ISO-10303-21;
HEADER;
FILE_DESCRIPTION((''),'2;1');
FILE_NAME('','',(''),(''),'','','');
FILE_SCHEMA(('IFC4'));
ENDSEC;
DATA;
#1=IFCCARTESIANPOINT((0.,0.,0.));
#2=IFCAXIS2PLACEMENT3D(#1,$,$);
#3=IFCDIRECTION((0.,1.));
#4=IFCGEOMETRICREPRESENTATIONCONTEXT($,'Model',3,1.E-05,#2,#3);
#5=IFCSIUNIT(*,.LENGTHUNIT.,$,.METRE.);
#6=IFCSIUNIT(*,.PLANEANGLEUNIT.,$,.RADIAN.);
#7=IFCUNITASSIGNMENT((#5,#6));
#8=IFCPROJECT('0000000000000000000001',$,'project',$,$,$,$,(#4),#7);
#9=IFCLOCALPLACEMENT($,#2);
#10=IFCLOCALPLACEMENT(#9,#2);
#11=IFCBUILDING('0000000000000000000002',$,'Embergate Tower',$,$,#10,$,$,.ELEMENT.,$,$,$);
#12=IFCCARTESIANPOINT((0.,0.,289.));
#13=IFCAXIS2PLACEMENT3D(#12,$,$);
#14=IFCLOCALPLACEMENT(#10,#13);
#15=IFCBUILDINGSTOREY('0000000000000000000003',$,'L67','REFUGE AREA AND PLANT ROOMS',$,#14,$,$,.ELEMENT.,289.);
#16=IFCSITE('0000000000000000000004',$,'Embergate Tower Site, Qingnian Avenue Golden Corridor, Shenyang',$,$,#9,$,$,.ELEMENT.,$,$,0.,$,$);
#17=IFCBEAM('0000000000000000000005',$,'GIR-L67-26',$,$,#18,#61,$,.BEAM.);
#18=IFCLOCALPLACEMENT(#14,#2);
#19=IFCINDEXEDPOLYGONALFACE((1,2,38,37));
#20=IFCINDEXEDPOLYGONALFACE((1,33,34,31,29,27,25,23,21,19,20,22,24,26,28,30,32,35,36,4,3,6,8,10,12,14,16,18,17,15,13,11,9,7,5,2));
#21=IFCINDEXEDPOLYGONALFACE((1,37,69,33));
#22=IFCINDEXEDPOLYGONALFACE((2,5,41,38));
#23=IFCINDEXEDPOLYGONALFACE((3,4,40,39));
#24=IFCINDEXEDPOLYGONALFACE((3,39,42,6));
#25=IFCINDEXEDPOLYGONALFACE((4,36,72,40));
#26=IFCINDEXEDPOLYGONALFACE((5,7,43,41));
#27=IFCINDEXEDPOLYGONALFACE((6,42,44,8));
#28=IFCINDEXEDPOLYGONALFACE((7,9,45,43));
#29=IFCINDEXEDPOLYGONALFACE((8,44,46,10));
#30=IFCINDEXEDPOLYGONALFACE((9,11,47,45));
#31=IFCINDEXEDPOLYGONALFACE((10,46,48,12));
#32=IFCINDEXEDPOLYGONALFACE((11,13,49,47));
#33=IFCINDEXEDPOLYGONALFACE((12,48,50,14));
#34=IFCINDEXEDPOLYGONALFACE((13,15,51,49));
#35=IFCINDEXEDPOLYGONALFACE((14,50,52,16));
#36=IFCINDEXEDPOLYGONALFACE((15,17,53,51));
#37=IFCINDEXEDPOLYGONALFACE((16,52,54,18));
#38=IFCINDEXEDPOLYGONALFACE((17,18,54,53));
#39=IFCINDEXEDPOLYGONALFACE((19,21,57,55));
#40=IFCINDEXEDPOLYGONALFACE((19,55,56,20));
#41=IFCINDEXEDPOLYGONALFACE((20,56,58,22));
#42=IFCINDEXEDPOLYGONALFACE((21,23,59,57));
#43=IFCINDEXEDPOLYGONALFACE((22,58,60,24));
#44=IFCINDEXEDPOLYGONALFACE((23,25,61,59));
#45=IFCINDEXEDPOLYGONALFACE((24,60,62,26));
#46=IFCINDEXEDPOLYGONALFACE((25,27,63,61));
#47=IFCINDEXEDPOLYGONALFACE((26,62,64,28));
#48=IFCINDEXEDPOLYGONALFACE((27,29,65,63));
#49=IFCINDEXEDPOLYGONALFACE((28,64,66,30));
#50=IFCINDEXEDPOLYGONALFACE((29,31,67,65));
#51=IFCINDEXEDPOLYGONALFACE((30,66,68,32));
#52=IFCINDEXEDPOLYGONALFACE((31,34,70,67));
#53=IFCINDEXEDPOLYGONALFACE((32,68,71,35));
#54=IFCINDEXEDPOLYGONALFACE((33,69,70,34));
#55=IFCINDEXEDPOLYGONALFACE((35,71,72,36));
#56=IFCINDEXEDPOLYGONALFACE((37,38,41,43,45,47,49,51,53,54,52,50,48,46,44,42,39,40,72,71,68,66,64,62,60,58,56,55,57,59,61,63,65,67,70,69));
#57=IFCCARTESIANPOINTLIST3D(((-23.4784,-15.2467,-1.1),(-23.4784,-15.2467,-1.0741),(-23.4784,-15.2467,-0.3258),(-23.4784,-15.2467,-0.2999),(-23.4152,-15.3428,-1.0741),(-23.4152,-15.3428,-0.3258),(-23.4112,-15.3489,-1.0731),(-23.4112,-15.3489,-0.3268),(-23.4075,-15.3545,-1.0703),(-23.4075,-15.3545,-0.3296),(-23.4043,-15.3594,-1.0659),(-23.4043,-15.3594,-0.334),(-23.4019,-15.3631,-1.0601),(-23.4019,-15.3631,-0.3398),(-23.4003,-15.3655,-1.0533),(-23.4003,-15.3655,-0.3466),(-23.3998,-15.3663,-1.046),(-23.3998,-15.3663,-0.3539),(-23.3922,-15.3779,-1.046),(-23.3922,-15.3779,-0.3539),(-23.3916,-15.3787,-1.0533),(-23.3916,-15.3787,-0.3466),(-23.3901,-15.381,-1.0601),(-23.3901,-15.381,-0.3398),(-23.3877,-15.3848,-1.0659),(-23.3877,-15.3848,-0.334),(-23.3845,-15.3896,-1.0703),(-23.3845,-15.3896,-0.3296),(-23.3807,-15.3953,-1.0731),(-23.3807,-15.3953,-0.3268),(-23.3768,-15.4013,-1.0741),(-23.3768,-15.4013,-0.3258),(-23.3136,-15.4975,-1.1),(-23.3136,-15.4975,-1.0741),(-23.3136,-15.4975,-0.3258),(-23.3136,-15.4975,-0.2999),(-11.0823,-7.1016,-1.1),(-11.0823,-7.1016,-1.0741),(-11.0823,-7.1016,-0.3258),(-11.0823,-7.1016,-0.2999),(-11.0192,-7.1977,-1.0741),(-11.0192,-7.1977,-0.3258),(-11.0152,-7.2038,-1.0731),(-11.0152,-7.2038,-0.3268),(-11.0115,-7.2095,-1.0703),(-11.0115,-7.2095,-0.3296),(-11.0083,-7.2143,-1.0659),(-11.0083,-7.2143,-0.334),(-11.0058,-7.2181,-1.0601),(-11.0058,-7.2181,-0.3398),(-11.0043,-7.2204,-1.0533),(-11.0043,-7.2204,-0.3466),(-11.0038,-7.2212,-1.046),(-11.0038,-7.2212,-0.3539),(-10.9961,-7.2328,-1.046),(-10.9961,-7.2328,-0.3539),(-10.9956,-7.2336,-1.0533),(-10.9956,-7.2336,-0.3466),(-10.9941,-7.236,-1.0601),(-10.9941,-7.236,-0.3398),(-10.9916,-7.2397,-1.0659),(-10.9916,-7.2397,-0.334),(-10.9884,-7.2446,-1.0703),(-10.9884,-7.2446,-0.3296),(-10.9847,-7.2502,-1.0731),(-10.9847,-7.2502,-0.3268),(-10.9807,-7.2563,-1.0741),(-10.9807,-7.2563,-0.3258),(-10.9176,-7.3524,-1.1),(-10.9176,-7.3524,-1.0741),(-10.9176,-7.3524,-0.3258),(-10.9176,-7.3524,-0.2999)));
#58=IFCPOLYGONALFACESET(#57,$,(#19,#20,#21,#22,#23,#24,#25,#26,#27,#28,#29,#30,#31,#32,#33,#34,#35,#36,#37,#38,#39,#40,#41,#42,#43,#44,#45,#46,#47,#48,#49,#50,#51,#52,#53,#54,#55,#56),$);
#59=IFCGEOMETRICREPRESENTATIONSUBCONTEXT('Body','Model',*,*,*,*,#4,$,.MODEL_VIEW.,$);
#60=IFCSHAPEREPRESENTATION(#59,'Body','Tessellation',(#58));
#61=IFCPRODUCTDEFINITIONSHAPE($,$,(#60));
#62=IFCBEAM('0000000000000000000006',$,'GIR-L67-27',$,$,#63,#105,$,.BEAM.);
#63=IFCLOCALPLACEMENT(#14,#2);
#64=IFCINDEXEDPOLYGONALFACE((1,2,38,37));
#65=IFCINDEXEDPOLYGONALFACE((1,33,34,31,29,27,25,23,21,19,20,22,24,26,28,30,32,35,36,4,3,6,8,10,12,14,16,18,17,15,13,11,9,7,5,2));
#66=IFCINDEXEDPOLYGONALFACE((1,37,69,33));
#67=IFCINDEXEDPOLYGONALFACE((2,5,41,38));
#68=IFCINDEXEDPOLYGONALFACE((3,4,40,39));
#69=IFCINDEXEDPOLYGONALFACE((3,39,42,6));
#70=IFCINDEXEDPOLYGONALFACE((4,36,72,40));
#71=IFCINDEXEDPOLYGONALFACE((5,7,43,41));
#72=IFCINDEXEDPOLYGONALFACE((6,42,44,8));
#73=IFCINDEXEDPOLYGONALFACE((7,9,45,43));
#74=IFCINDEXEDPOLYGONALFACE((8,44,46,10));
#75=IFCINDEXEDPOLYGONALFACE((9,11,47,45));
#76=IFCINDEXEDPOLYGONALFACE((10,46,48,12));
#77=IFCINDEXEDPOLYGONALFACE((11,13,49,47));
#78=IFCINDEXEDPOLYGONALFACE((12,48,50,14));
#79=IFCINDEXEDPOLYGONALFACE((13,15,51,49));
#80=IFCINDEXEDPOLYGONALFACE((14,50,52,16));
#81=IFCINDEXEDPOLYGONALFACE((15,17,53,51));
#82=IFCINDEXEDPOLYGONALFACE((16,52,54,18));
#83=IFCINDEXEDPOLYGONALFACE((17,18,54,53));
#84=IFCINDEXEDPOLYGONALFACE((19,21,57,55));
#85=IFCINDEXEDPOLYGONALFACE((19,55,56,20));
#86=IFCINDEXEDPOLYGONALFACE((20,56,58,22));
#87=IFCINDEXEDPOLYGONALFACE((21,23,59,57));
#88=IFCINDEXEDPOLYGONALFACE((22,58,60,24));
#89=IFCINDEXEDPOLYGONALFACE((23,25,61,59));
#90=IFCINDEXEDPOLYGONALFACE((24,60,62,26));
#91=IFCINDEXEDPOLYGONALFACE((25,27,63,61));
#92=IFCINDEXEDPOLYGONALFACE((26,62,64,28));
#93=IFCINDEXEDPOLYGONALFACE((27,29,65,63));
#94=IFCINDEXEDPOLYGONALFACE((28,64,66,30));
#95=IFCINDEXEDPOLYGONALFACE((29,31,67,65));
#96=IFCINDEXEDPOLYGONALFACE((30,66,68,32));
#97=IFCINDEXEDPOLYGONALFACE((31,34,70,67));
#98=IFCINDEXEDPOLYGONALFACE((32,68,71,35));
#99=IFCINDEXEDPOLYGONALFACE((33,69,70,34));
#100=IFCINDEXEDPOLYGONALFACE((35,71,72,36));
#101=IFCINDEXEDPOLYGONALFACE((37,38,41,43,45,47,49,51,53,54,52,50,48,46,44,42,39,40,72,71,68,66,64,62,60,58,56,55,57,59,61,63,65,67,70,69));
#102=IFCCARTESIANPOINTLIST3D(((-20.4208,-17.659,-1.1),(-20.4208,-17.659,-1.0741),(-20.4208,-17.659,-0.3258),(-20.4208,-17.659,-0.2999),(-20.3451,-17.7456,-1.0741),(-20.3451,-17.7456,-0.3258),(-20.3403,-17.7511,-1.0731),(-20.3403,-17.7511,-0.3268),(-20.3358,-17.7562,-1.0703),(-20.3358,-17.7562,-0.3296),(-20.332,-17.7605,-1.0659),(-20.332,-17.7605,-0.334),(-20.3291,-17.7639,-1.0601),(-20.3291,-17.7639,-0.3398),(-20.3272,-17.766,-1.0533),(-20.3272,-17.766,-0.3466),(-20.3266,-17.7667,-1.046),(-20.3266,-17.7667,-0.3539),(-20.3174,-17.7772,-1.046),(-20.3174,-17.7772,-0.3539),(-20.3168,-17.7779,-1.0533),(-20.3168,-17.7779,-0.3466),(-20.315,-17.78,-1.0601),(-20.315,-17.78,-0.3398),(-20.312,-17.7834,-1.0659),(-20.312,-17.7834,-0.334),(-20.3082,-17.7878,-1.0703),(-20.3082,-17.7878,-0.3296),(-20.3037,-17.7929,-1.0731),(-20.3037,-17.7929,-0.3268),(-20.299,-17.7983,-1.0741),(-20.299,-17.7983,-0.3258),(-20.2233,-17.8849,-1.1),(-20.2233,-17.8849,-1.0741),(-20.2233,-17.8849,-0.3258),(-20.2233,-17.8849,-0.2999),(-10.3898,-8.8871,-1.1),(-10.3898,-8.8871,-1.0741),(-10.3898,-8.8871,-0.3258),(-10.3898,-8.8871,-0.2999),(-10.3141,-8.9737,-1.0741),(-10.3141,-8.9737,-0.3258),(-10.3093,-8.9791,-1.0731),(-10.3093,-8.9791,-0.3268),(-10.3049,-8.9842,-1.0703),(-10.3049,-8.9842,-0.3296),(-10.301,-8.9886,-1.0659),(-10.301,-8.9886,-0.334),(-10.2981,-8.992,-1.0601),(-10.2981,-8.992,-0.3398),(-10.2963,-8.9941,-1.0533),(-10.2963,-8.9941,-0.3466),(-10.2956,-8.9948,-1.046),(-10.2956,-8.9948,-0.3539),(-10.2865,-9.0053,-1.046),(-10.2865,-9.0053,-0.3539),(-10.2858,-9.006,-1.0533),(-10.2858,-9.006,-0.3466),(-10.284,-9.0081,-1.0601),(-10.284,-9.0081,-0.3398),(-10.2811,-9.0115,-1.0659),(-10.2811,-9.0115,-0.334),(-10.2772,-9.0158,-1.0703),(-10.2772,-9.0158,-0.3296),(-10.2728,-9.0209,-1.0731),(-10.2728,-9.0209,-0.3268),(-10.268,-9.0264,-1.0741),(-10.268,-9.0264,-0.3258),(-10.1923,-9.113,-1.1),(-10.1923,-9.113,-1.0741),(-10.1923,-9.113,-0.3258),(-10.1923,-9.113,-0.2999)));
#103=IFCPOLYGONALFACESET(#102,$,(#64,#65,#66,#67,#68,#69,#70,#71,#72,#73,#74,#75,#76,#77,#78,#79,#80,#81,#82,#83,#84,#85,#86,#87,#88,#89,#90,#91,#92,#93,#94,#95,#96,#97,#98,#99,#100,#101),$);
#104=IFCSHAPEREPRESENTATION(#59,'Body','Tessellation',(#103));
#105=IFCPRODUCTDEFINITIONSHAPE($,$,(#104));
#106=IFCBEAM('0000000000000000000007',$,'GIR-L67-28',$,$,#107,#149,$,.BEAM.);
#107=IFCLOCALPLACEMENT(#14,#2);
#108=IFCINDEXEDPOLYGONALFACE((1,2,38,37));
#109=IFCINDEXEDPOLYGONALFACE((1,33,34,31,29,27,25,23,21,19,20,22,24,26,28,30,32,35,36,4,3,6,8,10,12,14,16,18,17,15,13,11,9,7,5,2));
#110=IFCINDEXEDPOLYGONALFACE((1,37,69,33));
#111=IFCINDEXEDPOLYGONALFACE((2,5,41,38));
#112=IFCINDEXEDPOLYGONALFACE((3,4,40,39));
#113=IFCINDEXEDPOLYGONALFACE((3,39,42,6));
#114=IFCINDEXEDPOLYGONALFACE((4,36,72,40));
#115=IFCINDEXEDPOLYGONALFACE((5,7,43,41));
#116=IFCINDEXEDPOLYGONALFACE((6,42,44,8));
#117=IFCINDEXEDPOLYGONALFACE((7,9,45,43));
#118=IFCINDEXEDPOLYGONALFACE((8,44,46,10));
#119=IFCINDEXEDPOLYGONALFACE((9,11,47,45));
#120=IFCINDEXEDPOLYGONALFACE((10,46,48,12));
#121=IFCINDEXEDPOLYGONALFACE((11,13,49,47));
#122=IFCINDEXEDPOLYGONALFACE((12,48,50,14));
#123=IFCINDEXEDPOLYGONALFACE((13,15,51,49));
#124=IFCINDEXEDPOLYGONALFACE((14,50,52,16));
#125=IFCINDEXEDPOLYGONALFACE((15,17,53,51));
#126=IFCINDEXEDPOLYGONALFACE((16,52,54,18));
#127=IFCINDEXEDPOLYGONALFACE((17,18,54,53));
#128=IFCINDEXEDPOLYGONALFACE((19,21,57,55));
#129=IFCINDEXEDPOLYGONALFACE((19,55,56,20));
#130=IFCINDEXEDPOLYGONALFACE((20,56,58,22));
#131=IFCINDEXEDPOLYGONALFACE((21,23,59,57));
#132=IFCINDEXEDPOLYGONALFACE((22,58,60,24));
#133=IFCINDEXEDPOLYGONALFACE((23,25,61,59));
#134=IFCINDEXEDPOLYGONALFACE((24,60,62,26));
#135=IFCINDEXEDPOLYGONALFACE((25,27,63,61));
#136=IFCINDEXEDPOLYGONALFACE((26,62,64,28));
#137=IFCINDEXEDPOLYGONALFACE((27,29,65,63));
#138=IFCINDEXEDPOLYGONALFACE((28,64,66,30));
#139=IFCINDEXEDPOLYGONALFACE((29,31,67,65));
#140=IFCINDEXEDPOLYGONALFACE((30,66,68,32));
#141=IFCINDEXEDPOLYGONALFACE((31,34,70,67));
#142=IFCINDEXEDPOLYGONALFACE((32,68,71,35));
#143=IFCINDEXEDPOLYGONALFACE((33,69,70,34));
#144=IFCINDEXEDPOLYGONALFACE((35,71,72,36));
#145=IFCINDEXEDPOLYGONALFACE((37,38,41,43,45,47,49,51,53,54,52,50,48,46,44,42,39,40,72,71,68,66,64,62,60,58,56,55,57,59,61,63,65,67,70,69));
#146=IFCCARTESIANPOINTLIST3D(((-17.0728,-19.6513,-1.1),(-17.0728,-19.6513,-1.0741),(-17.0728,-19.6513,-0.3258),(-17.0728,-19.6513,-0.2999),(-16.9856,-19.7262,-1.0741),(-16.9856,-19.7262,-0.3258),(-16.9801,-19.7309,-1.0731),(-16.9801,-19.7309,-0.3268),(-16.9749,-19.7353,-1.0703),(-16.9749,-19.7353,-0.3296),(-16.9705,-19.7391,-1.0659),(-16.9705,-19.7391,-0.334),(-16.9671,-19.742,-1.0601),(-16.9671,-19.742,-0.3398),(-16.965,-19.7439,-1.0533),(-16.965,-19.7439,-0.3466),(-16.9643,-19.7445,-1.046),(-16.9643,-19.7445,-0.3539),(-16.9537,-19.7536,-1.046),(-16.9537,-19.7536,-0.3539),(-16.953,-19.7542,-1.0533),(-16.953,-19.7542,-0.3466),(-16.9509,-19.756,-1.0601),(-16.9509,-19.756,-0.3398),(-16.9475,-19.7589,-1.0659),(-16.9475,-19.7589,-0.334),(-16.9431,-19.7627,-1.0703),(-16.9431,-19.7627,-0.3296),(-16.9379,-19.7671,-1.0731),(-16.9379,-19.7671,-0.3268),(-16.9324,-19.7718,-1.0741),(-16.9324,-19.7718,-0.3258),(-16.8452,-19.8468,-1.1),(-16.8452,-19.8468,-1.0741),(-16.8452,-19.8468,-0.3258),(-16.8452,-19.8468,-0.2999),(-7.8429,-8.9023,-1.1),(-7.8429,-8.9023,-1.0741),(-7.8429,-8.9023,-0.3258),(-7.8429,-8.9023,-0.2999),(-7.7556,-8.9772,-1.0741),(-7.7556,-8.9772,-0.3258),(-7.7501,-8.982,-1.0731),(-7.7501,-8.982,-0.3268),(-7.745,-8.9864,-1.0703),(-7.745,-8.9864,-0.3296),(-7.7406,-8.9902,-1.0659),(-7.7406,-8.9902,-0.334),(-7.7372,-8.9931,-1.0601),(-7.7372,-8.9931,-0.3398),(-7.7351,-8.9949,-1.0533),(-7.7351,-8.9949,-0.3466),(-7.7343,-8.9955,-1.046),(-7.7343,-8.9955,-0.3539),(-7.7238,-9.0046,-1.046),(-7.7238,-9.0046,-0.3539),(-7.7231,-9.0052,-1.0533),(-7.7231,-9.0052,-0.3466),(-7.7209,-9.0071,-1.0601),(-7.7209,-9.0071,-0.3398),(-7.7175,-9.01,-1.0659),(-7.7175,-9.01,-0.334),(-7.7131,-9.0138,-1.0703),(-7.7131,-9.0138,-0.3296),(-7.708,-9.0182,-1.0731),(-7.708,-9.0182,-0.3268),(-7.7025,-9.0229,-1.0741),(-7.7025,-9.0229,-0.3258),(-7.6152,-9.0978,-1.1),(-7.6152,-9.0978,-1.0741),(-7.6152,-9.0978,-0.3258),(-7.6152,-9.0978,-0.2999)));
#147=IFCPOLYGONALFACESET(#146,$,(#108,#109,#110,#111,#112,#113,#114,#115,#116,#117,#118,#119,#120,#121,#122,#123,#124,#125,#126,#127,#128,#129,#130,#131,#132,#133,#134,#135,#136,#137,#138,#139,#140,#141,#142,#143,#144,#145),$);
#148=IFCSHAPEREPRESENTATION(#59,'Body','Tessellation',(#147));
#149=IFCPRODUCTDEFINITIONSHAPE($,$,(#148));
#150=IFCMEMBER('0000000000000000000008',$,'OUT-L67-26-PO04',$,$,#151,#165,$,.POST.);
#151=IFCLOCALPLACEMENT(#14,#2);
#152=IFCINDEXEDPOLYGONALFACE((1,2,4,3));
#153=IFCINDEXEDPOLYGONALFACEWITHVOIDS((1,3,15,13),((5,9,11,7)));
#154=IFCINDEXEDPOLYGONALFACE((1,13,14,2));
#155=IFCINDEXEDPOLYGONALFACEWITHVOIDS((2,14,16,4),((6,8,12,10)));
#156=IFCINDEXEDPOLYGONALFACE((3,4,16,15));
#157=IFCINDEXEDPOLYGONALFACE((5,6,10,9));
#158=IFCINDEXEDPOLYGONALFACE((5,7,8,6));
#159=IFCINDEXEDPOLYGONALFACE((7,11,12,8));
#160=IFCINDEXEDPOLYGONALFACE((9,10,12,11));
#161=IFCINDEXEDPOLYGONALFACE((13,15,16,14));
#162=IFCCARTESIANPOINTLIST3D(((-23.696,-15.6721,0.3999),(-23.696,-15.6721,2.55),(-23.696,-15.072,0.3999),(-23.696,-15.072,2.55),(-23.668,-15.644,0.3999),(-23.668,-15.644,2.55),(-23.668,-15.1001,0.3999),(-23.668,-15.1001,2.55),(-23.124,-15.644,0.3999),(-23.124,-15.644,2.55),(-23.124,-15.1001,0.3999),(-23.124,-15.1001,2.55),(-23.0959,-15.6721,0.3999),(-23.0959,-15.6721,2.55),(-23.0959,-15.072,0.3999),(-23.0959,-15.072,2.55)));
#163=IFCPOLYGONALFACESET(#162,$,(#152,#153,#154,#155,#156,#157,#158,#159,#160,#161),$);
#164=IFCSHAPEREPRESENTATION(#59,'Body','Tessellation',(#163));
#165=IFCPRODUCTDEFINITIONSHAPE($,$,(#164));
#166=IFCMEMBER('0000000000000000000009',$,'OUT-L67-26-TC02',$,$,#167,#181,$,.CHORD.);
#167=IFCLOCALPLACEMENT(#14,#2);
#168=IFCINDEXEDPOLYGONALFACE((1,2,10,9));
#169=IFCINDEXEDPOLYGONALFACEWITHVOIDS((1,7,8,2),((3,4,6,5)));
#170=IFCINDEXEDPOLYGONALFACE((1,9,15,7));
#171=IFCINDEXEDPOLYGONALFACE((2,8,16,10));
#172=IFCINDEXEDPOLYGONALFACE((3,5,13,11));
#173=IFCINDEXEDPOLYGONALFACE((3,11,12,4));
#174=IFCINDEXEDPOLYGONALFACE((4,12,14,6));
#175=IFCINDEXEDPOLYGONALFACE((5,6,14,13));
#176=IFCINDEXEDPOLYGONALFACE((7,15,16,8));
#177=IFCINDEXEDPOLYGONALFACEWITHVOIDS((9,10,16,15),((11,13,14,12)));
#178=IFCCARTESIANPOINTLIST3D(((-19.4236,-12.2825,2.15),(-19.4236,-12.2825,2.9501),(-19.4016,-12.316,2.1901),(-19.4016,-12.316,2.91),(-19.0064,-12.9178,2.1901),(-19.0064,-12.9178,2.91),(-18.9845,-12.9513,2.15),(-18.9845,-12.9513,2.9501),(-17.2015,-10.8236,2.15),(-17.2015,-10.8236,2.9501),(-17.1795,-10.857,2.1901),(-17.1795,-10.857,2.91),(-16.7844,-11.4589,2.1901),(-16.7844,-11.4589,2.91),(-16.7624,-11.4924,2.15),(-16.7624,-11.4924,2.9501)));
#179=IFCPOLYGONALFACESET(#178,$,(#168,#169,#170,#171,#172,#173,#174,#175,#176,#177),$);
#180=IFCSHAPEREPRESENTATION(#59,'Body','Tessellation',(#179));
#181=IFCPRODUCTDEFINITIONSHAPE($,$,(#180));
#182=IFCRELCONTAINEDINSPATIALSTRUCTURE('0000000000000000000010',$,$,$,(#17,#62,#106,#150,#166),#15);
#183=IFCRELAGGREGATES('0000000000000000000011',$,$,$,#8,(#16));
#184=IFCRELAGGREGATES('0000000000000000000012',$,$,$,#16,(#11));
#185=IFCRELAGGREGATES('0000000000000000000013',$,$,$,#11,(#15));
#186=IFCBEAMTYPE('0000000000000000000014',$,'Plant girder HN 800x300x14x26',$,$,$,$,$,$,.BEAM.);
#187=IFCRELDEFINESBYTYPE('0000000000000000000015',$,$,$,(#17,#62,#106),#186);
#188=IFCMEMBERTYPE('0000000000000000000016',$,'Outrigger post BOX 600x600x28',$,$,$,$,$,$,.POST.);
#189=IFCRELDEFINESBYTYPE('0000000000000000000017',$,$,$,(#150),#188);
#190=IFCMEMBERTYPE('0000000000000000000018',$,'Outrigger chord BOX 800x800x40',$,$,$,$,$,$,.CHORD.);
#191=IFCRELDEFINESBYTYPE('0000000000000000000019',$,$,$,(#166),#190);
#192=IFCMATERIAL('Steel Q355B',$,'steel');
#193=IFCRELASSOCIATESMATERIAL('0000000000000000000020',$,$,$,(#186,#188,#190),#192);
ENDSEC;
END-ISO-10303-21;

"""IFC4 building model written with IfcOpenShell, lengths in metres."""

from ifc_helpers import new_model, si_unit, direction, frame, origin, origin_2d, place, context, subcontext, project, spatial, hollow_rectangle, i_section, extrude, source, transform, mapped, material, material_profile, profile_set, type_object, element, save


model = new_model("IFC4")

# Units and contexts
model_context = context("Model", 3, precision=1e-05, world=origin(), true_north=direction((0.0, 1.0)))
body_context = subcontext(model_context, "Body", "Model", "MODEL_VIEW")
ifc_project = project(units=[si_unit("LENGTHUNIT", "METRE"), si_unit("PLANEANGLEUNIT", "RADIAN")], contexts=[model_context])

# Site, building, storey
site_placement = place(None, origin())
site = spatial("IfcSite", under=ifc_project, at=site_placement, Name="Embergate Tower Site, Qingnian Avenue Golden Corridor, Shenyang", CompositionType="ELEMENT", RefElevation=0.0)
building_placement = place(site_placement, origin())
building = spatial("IfcBuilding", under=site, at=building_placement, Name="Embergate Tower", CompositionType="ELEMENT")
storey_placement = place(building_placement, frame((0.0, 0.0, 289.0)))
storey = spatial("IfcBuildingStorey", under=building, at=storey_placement, Name="L67", Description="REFUGE AREA AND PLANT ROOMS", CompositionType="ELEMENT", Elevation=289.0)

# Beams
ifc_material_1 = material(Name="Steel Q355B", Category="steel")
ifc_material_profile_1 = material_profile(ifc_material_1, i_section(OverallWidth=0.3, OverallDepth=0.8, WebThickness=0.0139, FlangeThickness=0.0259, FilletRadius=0.0281, at=origin_2d()), Name="HN 800x300x14x26")
ifc_profile_set_1 = profile_set([ifc_material_profile_1], Name="Steel Q355 grade B")
beam_type_1 = type_object("IfcBeamType", Name="Plant girder HN 800x300x14x26", PredefinedType="BEAM", material=ifc_profile_set_1)
shared_shape_1 = source(origin(), body_context, "Body", "SweptSolid", [
    extrude(i_section(OverallWidth=0.3, OverallDepth=0.8, WebThickness=0.0139, FlangeThickness=0.0259, FilletRadius=0.0281, at=origin_2d()), origin(), (0.0, 0.0, 1.0), 14.8325),
])
beam_1_placement = place(storey_placement, frame((-23.396, -15.3721, -0.7), z_axis=(0.835734, 0.549135, 0.0), x_axis=(-0.549135, 0.835734, 0.0)))
element("IfcBeam", 1, at=beam_1_placement, inside=storey, type_object=beam_type_1, Name="GIR-L67-26", PredefinedType="BEAM", context=body_context, shape_type="MappedRepresentation", body=[
    mapped(shared_shape_1, transform((0.0, 0.0, 0.0))),
])
shared_shape_2 = source(origin(), body_context, "Body", "SweptSolid", [
    extrude(i_section(OverallWidth=0.3, OverallDepth=0.8, WebThickness=0.0139, FlangeThickness=0.0259, FilletRadius=0.0281, at=origin_2d()), origin(), (0.0, 0.0, 1.0), 13.3254),
])
beam_2_placement = place(storey_placement, frame((-20.322, -17.772, -0.7), z_axis=(0.752768, 0.658285, 0.0), x_axis=(-0.658285, 0.752768, 0.0)))
element("IfcBeam", 2, at=beam_2_placement, inside=storey, type_object=beam_type_1, Name="GIR-L67-27", PredefinedType="BEAM", context=body_context, shape_type="MappedRepresentation", body=[
    mapped(shared_shape_2, transform((0.0, 0.0, 0.0))),
])
shared_shape_3 = source(origin(), body_context, "Body", "SweptSolid", [
    extrude(i_section(OverallWidth=0.3, OverallDepth=0.8, WebThickness=0.0139, FlangeThickness=0.0259, FilletRadius=0.0281, at=origin_2d()), origin(), (0.0, 0.0, 1.0), 14.168),
])
beam_3_placement = place(storey_placement, frame((-16.959, -19.749, -0.7), z_axis=(0.651464, 0.75868, 0.0), x_axis=(-0.75868, 0.651464, 0.0)))
element("IfcBeam", 3, at=beam_3_placement, inside=storey, type_object=beam_type_1, Name="GIR-L67-28", PredefinedType="BEAM", context=body_context, shape_type="MappedRepresentation", body=[
    mapped(shared_shape_3, transform((0.0, 0.0, 0.0))),
])

# Members
ifc_material_profile_2 = material_profile(ifc_material_1, hollow_rectangle(XDim=0.6001, YDim=0.6001, WallThickness=0.0281, at=origin_2d()), Name="BOX 600x600x28")
ifc_profile_set_2 = profile_set([ifc_material_profile_2], Name="Steel Q355 grade B")
member_type_1 = type_object("IfcMemberType", Name="Outrigger post BOX 600x600x28", PredefinedType="POST", material=ifc_profile_set_2)
shared_shape_4 = source(origin(), body_context, "Body", "SweptSolid", [
    extrude(hollow_rectangle(XDim=0.6001, YDim=0.6001, WallThickness=0.0281, at=origin_2d()), origin(), (0.0, 0.0, 1.0), 2.1501),
])
member_1_placement = place(storey_placement, frame((-23.396, -15.3721, 0.3999), z_axis=(0.0, 0.0, 1.0), x_axis=(1.0, 0.0, 0.0)))
element("IfcMember", 4, at=member_1_placement, inside=storey, type_object=member_type_1, Name="OUT-L67-26-PO04", PredefinedType="POST", context=body_context, shape_type="MappedRepresentation", body=[
    mapped(shared_shape_4, transform((0.0, 0.0, 0.0))),
])
ifc_material_profile_3 = material_profile(ifc_material_1, hollow_rectangle(XDim=0.8, YDim=0.8, WallThickness=0.04, at=origin_2d()), Name="BOX 800x800x40")
ifc_profile_set_3 = profile_set([ifc_material_profile_3], Name="Steel Q355 grade B")
member_type_2 = type_object("IfcMemberType", Name="Outrigger chord BOX 800x800x40", PredefinedType="CHORD", material=ifc_profile_set_3)
shared_shape_5 = source(origin(), body_context, "Body", "SweptSolid", [
    extrude(hollow_rectangle(XDim=0.8, YDim=0.8, WallThickness=0.04, at=origin_2d()), origin(), (0.0, 0.0, 1.0), 2.6582),
])
for number, where, z_axis, x_axis, name in (
    (5, (-16.9819, -11.158, 2.55), (-0.835929, -0.548837, 0.0), (0.548837, -0.835929, 0.0), "OUT-L67-26-TC02"),
):
    element("IfcMember", number, at=place(storey_placement, frame(where, z_axis=z_axis, x_axis=x_axis)), inside=storey, type_object=member_type_2, Name=name, PredefinedType="CHORD", context=body_context, shape_type="MappedRepresentation", body=[
        mapped(shared_shape_5, transform((0.0, 0.0, 0.0))),
    ])

save(model, "model.ifc")
